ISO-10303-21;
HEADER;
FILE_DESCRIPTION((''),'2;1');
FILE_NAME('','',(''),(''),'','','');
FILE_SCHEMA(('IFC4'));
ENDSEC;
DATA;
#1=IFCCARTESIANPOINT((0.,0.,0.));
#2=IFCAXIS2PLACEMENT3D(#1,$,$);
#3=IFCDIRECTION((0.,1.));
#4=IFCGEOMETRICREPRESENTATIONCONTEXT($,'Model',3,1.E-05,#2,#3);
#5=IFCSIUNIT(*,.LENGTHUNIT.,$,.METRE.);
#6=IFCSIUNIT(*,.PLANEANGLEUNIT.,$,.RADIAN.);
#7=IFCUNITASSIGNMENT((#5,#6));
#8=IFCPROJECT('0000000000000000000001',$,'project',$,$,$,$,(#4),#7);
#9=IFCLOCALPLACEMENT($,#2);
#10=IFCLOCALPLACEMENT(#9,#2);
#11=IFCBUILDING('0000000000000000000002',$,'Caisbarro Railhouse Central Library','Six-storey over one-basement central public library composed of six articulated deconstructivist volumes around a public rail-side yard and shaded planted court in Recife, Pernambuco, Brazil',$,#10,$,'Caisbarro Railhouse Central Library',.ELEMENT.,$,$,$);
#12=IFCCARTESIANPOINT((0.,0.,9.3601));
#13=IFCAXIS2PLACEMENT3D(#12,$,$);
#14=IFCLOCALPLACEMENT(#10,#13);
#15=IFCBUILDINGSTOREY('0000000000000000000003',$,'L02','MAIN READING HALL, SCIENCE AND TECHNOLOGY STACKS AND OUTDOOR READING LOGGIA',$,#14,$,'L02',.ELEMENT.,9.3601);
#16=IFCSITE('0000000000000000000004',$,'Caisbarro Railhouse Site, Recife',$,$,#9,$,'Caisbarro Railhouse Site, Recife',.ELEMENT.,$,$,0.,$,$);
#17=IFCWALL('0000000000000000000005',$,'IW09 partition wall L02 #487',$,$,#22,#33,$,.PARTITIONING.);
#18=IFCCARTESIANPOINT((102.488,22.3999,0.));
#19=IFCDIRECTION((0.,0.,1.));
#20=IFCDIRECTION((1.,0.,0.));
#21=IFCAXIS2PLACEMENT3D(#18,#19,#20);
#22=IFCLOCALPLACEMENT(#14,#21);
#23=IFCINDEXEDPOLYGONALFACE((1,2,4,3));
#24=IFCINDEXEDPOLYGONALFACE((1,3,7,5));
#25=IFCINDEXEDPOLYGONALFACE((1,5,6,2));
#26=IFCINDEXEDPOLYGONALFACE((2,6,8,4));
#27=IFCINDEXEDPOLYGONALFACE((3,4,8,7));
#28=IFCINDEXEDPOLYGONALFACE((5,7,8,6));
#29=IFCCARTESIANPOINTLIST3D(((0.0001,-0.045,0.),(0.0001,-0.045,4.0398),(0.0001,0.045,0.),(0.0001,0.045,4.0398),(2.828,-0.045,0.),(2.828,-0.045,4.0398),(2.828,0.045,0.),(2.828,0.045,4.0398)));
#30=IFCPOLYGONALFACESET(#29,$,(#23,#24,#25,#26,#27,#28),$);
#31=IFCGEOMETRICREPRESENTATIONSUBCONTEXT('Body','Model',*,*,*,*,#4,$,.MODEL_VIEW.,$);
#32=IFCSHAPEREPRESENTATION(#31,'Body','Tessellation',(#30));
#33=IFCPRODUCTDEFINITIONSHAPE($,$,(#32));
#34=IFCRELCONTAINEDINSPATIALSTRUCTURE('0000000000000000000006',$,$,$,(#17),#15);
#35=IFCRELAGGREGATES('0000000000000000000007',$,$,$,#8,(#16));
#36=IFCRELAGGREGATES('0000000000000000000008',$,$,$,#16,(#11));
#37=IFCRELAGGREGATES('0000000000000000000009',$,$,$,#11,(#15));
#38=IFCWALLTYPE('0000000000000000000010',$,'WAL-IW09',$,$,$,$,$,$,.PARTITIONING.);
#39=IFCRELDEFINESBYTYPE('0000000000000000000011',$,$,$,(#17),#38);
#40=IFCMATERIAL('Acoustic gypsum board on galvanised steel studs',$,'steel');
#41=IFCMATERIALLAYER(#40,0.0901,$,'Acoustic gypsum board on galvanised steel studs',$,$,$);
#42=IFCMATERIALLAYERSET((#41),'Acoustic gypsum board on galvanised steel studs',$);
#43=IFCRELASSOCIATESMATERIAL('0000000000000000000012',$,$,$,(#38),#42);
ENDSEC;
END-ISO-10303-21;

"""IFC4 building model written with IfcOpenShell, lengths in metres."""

from ifc_helpers import new_model, si_unit, direction, frame, frame_2d, origin, place, context, subcontext, project, spatial, rectangle, extrude, material, layer, layer_set, type_object, element, save


model = new_model("IFC4")

# Units and contexts
model_context = context("Model", 3, precision=1e-05, world=origin(), true_north=direction((0.0, 1.0)))
body_context = subcontext(model_context, "Body", "Model", "MODEL_VIEW")
ifc_project = project(units=[si_unit("LENGTHUNIT", "METRE"), si_unit("PLANEANGLEUNIT", "RADIAN")], contexts=[model_context])

# Site, building, storey
site_placement = place(None, origin())
site = spatial("IfcSite", under=ifc_project, at=site_placement, Name="Caisbarro Railhouse Site, Recife", LongName="Caisbarro Railhouse Site, Recife", CompositionType="ELEMENT", RefElevation=0.0)
building_placement = place(site_placement, origin())
building = spatial("IfcBuilding", under=site, at=building_placement, Name="Caisbarro Railhouse Central Library", Description="Six-storey over one-basement central public library composed of six articulated deconstructivist volumes around a public rail-side yard and shaded planted court in Recife, Pernambuco, Brazil", LongName="Caisbarro Railhouse Central Library", CompositionType="ELEMENT")
storey_placement = place(building_placement, frame((0.0, 0.0, 9.3601)))
storey = spatial("IfcBuildingStorey", under=building, at=storey_placement, Name="L02", Description="MAIN READING HALL, SCIENCE AND TECHNOLOGY STACKS AND OUTDOOR READING LOGGIA", LongName="L02", CompositionType="ELEMENT", Elevation=9.3601)

# Wall
ifc_material_1 = material(Name="Acoustic gypsum board on galvanised steel studs", Category="steel")
ifc_layer_1 = layer(ifc_material_1, 0.0901, Name="Acoustic gypsum board on galvanised steel studs")
ifc_layer_set_1 = layer_set([ifc_layer_1], Name="Acoustic gypsum board on galvanised steel studs")
wall_type_1 = type_object("IfcWallType", Name="WAL-IW09", PredefinedType="PARTITIONING", material=ifc_layer_set_1)
wall_1_placement = place(storey_placement, frame((102.488, 22.3999, 0.0), z_axis=(0.0, 0.0, 1.0), x_axis=(1.0, 0.0, 0.0)))
element("IfcWall", 1, at=wall_1_placement, inside=storey, type_object=wall_type_1, Name="IW09 partition wall L02 #487", PredefinedType="PARTITIONING", context=body_context, shape_type="SweptSolid", body=[
    extrude(rectangle(XDim=2.8279, YDim=0.0901, at=frame_2d((1.4141, 0.0))), origin(), (0.0, 0.0, 1.0), 4.0398),
])

save(model, "model.ifc")
